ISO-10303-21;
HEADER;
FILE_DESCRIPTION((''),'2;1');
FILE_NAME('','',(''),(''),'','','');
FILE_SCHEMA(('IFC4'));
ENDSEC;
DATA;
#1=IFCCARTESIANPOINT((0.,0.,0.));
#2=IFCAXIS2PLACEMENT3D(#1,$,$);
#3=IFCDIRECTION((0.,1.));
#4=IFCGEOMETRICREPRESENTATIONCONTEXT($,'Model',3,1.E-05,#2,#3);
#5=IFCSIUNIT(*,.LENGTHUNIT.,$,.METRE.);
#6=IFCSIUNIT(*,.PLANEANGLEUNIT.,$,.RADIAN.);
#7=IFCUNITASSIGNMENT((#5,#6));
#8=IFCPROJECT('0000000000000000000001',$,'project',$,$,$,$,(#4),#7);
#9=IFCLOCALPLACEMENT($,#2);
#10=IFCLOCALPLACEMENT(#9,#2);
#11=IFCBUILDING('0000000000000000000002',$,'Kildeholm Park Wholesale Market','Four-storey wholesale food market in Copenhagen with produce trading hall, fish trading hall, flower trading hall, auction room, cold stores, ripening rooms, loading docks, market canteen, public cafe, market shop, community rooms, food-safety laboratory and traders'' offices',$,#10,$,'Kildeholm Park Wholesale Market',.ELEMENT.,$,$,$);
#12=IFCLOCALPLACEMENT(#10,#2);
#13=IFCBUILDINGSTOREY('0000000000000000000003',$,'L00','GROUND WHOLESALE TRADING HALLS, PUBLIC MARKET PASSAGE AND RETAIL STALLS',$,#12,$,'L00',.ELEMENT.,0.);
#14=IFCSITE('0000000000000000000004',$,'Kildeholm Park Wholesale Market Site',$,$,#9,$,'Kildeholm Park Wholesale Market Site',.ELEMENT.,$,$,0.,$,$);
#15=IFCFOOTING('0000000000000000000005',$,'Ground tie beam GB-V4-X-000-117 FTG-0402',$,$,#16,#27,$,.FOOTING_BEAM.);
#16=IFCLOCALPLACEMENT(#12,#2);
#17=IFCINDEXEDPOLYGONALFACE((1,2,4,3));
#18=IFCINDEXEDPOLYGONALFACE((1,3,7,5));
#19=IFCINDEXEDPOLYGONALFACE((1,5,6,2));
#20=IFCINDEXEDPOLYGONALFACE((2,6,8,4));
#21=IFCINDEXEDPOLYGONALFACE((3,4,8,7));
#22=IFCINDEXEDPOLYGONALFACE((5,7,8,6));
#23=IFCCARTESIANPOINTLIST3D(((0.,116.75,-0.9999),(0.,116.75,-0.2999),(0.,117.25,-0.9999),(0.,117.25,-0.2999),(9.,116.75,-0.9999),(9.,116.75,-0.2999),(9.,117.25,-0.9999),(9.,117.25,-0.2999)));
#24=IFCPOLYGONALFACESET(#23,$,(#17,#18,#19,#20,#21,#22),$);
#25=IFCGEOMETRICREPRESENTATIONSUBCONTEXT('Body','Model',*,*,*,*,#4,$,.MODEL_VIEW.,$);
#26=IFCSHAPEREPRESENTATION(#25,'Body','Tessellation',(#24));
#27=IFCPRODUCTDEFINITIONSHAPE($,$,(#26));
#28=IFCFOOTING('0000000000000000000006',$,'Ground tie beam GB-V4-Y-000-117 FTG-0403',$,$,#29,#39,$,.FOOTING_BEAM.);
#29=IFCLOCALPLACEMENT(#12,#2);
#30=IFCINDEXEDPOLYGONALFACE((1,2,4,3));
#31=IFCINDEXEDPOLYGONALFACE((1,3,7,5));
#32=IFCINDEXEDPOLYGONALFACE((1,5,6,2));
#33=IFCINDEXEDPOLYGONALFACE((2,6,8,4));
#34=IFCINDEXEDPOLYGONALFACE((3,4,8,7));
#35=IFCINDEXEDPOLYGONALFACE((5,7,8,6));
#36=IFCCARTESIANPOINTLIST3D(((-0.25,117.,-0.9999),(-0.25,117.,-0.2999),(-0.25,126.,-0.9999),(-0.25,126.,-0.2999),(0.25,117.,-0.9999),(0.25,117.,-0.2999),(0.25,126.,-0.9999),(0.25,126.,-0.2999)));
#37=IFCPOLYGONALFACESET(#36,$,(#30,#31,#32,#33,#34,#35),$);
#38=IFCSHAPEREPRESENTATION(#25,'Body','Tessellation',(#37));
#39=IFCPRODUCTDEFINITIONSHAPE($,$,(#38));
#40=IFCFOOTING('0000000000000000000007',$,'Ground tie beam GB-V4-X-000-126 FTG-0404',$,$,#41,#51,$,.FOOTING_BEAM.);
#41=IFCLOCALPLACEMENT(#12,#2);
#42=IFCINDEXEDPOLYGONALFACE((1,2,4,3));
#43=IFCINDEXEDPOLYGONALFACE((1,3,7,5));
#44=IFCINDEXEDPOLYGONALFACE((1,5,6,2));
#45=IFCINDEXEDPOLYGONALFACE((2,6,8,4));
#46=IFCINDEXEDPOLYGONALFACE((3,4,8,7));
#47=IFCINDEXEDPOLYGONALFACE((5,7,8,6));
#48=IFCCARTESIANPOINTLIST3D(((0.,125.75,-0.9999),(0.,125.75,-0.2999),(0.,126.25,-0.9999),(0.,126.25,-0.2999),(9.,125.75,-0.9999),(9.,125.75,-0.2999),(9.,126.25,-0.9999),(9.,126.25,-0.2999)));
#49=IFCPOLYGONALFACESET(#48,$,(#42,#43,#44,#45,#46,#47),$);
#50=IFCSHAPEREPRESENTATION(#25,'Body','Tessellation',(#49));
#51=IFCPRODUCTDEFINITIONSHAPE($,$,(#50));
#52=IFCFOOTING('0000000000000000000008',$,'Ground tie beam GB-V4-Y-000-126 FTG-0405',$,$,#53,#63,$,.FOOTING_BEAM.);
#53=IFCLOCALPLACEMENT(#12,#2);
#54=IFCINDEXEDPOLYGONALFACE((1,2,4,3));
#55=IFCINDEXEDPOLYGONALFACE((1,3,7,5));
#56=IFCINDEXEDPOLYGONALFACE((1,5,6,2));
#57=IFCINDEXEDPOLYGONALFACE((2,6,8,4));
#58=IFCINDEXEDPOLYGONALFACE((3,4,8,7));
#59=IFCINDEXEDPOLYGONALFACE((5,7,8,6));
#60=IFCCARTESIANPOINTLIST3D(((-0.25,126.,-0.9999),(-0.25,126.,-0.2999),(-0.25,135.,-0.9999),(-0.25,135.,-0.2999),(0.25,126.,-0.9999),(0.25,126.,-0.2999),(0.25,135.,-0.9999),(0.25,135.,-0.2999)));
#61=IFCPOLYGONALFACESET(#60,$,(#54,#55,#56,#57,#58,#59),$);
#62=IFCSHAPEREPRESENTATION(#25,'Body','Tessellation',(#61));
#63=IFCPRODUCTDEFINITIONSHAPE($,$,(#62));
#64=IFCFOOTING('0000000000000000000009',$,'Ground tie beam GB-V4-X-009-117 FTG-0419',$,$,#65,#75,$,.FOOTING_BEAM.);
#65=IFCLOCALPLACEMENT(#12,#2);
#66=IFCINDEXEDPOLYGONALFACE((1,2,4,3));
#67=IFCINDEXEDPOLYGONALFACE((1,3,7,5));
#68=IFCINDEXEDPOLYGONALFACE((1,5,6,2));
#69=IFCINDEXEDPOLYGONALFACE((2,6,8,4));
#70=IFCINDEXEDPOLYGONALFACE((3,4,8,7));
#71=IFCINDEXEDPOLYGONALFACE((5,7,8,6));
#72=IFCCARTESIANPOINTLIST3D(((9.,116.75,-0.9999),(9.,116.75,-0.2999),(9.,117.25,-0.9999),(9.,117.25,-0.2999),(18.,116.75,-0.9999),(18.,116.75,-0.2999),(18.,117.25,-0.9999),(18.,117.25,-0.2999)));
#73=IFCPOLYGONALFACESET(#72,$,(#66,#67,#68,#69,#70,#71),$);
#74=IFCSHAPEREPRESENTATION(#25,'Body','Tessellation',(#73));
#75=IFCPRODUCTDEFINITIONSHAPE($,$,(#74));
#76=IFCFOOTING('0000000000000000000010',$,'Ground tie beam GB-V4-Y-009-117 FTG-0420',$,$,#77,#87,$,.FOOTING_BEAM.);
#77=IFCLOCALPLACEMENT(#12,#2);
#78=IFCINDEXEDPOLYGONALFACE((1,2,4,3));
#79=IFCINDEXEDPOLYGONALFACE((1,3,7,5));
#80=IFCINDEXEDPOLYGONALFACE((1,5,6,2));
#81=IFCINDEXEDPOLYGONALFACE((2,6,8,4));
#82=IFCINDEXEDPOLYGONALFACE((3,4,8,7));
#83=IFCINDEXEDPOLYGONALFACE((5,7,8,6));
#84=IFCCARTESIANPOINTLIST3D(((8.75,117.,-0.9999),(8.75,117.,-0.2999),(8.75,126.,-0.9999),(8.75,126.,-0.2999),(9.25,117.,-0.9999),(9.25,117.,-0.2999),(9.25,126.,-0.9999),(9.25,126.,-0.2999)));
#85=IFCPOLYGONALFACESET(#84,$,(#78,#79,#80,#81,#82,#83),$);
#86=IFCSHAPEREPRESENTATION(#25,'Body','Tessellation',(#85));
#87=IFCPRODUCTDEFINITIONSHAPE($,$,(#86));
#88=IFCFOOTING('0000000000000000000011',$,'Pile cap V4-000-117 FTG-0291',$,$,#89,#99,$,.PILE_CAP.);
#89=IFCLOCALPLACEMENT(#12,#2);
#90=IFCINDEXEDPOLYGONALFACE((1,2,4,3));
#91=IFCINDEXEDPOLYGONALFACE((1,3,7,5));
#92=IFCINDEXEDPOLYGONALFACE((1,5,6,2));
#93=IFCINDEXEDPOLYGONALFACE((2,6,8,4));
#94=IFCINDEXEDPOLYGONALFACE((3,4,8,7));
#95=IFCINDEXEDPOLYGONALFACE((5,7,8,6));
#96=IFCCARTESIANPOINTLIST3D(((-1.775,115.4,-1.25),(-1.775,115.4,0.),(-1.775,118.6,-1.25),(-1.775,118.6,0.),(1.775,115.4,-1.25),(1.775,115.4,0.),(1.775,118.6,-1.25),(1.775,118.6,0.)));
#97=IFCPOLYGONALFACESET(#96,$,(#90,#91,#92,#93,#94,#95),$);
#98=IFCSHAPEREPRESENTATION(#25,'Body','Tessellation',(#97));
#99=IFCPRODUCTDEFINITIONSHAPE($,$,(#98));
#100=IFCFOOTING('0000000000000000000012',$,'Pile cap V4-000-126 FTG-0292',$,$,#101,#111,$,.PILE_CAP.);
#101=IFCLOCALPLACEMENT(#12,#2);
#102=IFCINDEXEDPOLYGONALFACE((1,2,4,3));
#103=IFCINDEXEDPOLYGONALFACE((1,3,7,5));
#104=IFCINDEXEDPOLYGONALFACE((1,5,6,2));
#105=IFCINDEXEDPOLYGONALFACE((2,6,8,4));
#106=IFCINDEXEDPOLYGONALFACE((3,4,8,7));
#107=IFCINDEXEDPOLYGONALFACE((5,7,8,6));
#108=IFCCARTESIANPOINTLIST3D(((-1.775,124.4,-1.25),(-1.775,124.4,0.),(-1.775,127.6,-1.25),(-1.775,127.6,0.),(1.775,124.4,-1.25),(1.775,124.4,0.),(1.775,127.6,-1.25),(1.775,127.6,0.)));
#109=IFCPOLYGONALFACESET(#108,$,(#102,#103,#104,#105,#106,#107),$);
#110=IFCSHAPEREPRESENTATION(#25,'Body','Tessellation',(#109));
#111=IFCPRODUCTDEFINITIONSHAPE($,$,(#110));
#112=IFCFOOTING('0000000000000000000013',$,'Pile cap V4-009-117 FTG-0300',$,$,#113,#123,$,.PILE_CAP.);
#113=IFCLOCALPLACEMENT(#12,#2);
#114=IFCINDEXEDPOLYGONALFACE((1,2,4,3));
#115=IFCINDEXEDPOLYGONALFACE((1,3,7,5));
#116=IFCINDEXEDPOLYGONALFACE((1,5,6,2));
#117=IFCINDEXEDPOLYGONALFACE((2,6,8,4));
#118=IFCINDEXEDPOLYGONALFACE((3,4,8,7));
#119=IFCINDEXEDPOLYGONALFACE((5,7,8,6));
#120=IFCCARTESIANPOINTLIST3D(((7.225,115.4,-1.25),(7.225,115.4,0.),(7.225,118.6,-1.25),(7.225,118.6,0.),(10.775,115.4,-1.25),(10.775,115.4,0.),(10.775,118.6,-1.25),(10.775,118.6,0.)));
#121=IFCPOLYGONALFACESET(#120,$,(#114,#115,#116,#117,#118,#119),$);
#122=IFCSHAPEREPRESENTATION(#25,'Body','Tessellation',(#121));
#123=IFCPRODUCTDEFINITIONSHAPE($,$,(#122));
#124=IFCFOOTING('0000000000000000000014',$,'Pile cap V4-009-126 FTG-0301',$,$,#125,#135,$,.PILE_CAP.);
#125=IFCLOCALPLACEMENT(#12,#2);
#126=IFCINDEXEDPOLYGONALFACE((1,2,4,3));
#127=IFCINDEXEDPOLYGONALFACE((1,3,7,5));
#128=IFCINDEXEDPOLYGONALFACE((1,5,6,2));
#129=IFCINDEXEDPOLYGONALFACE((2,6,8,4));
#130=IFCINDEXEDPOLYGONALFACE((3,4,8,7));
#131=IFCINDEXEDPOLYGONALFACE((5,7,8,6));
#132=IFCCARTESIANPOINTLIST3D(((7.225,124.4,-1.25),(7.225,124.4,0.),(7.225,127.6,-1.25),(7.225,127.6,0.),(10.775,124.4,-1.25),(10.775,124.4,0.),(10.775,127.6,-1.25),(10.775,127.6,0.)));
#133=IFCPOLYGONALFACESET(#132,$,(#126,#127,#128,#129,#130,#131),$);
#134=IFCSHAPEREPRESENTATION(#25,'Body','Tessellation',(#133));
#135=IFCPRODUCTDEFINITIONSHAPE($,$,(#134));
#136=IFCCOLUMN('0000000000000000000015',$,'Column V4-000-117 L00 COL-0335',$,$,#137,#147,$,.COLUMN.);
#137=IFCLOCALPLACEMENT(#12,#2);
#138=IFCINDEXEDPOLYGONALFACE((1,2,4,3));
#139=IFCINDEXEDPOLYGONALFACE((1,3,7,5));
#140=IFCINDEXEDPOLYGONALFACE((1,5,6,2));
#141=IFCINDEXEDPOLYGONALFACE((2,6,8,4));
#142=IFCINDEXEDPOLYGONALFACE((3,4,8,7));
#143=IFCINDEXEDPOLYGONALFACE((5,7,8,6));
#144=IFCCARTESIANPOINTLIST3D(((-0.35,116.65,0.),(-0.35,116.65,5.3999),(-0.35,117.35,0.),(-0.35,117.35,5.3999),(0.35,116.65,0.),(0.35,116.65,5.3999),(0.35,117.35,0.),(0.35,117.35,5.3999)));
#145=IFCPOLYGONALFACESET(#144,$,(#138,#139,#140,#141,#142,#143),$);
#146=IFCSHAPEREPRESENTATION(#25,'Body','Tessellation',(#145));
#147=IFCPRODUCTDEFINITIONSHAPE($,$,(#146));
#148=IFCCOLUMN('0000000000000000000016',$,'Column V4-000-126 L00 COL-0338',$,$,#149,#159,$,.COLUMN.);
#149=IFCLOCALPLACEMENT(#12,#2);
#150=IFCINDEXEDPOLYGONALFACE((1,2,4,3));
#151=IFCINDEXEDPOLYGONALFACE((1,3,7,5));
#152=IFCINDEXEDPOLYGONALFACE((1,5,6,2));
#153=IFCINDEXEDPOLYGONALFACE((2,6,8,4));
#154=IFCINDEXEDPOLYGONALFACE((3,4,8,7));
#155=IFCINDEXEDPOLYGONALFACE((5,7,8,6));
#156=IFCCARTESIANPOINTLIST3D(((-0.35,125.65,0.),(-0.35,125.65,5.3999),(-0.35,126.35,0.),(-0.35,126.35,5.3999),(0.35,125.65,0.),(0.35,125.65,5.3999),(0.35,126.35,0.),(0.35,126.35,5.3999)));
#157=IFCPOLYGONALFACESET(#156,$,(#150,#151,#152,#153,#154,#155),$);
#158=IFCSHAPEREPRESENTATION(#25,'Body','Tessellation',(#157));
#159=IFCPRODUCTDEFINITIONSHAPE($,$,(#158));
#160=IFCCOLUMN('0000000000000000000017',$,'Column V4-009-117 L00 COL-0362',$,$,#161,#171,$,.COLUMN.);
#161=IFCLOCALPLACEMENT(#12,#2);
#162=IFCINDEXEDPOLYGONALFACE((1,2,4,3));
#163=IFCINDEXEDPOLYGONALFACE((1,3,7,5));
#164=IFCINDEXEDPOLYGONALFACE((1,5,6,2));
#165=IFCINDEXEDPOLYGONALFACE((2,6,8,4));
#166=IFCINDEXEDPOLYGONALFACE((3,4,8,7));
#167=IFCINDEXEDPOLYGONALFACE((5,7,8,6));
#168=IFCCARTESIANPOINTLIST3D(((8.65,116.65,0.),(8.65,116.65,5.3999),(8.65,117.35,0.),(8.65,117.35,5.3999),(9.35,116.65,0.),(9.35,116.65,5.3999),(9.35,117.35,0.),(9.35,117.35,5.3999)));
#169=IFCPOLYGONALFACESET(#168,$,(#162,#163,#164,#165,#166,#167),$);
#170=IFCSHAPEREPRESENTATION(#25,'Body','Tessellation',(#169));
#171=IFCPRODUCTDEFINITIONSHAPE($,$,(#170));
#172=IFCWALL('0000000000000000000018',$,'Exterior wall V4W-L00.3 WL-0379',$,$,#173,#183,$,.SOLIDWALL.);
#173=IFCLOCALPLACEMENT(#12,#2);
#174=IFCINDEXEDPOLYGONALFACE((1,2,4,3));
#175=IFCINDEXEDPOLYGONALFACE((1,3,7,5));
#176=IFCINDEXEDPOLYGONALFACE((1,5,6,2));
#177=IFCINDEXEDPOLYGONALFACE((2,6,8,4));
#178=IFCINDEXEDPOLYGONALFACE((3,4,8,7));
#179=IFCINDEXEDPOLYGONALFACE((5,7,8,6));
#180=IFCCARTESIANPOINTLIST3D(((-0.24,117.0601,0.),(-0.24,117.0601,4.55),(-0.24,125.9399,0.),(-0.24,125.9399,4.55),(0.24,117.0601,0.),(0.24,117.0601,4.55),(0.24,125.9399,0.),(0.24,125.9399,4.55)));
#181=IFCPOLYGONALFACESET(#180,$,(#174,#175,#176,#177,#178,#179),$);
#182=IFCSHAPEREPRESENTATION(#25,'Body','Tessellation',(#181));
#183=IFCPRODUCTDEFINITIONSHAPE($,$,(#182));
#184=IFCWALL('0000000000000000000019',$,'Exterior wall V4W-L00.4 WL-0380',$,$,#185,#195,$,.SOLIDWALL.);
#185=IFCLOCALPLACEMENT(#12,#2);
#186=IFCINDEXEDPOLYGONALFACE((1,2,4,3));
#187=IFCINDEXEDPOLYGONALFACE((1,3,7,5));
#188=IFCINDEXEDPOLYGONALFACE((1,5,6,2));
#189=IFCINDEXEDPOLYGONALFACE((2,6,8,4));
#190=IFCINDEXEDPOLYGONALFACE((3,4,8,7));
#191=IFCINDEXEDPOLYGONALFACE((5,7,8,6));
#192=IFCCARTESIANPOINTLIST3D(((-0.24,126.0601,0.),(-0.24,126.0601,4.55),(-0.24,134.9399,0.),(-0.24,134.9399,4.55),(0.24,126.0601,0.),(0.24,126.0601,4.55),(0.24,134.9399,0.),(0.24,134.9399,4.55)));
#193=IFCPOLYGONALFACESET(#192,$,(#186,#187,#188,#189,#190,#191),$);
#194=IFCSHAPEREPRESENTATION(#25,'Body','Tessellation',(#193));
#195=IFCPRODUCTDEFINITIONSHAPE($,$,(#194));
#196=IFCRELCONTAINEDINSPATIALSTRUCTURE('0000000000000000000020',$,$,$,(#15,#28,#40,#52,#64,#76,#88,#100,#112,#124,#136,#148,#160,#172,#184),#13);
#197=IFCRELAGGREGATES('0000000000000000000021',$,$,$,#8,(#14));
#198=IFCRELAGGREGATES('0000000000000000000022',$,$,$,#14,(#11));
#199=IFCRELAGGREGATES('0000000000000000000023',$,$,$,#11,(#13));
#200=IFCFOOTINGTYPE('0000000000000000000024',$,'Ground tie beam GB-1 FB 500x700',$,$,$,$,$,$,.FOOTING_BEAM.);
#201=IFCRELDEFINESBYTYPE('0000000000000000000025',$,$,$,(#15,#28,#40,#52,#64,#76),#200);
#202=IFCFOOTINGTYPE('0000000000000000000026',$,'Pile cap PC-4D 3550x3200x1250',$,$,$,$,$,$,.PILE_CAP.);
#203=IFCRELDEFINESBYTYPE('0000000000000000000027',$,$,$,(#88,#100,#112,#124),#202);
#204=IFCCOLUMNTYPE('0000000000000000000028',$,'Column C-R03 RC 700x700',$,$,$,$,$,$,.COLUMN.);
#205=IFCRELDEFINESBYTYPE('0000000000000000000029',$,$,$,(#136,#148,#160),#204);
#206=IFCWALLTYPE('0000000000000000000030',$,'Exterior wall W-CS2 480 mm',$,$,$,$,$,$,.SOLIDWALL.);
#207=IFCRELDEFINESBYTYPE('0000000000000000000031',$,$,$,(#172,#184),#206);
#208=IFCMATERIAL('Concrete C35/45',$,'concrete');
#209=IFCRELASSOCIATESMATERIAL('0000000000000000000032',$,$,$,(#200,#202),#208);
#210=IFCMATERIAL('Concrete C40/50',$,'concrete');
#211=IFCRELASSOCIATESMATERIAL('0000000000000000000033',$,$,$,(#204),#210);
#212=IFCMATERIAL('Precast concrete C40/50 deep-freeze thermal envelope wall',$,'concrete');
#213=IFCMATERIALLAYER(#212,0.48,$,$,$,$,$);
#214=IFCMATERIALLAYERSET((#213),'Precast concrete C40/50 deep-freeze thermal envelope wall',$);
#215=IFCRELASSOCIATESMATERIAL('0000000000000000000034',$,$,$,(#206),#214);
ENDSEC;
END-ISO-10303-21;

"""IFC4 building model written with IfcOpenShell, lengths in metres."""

from ifc_helpers import new_model, si_unit, direction, frame, frame_2d, origin, origin_2d, place, context, subcontext, project, spatial, rectangle, extrude, material, layer, layer_set, material_profile, profile_set, type_object, element, save


model = new_model("IFC4")

# Units and contexts
model_context = context("Model", 3, precision=1e-05, world=origin(), true_north=direction((0.0, 1.0)))
body_context = subcontext(model_context, "Body", "Model", "MODEL_VIEW")
ifc_project = project(units=[si_unit("LENGTHUNIT", "METRE"), si_unit("PLANEANGLEUNIT", "RADIAN")], contexts=[model_context])

# Site, building, storey
site_placement = place(None, origin())
site = spatial("IfcSite", under=ifc_project, at=site_placement, Name="Kildeholm Park Wholesale Market Site", LongName="Kildeholm Park Wholesale Market Site", CompositionType="ELEMENT", RefElevation=0.0)
building_placement = place(site_placement, origin())
building = spatial("IfcBuilding", under=site, at=building_placement, Name="Kildeholm Park Wholesale Market", Description="Four-storey wholesale food market in Copenhagen with produce trading hall, fish trading hall, flower trading hall, auction room, cold stores, ripening rooms, loading docks, market canteen, public cafe, market shop, community rooms, food-safety laboratory and traders' offices", LongName="Kildeholm Park Wholesale Market", CompositionType="ELEMENT")
storey_placement = place(building_placement, origin())
storey = spatial("IfcBuildingStorey", under=building, at=storey_placement, Name="L00", Description="GROUND WHOLESALE TRADING HALLS, PUBLIC MARKET PASSAGE AND RETAIL STALLS", LongName="L00", CompositionType="ELEMENT", Elevation=0.0)

# Shared definitions
ifc_material_1 = material(Name="Concrete C35/45", Category="concrete")

# Footings
ifc_material_profile_1 = material_profile(ifc_material_1, rectangle(XDim=0.5, YDim=0.7, at=origin_2d()), Name="FB 500x700")
ifc_profile_set_1 = profile_set([ifc_material_profile_1], Name="Concrete C35/45")
footing_type_1 = type_object("IfcFootingType", Name="Ground tie beam GB-1 FB 500x700", PredefinedType="FOOTING_BEAM", material=ifc_profile_set_1)
for number, where, z_axis, x_axis, name in (
    (1, (0.0, 117.0, -0.6499), (1.0, 0.0, 0.0), (0.0, 1.0, 0.0), "Ground tie beam GB-V4-X-000-117 FTG-0402"),
    (2, (0.0, 117.0, -0.6499), (0.0, 1.0, 0.0), (-1.0, 0.0, 0.0), "Ground tie beam GB-V4-Y-000-117 FTG-0403"),
    (3, (0.0, 126.0, -0.6499), (1.0, 0.0, 0.0), (0.0, 1.0, 0.0), "Ground tie beam GB-V4-X-000-126 FTG-0404"),
    (4, (0.0, 126.0, -0.6499), (0.0, 1.0, 0.0), (-1.0, 0.0, 0.0), "Ground tie beam GB-V4-Y-000-126 FTG-0405"),
    (5, (9.0, 117.0, -0.6499), (1.0, 0.0, 0.0), (0.0, 1.0, 0.0), "Ground tie beam GB-V4-X-009-117 FTG-0419"),
    (6, (9.0, 117.0, -0.6499), (0.0, 1.0, 0.0), (-1.0, 0.0, 0.0), "Ground tie beam GB-V4-Y-009-117 FTG-0420"),
):
    element("IfcFooting", number, at=place(storey_placement, frame(where, z_axis=z_axis, x_axis=x_axis)), inside=storey, type_object=footing_type_1, Name=name, PredefinedType="FOOTING_BEAM", context=body_context, shape_type="SweptSolid", body=[
        extrude(rectangle(XDim=0.5, YDim=0.7, at=origin_2d()), origin(), (0.0, 0.0, 1.0), 9.0),
    ])
footing_type_2 = type_object("IfcFootingType", Name="Pile cap PC-4D 3550x3200x1250", PredefinedType="PILE_CAP", material=ifc_material_1)
for number, where, z_axis, x_axis, name in (
    (7, (0.0, 117.0, -1.25), (0.0, 0.0, 1.0), (1.0, 0.0, 0.0), "Pile cap V4-000-117 FTG-0291"),
    (8, (0.0, 126.0, -1.25), (0.0, 0.0, 1.0), (1.0, 0.0, 0.0), "Pile cap V4-000-126 FTG-0292"),
    (9, (9.0, 117.0, -1.25), (0.0, 0.0, 1.0), (1.0, 0.0, 0.0), "Pile cap V4-009-117 FTG-0300"),
    (10, (9.0, 126.0, -1.25), (0.0, 0.0, 1.0), (1.0, 0.0, 0.0), "Pile cap V4-009-126 FTG-0301"),
):
    element("IfcFooting", number, at=place(storey_placement, frame(where, z_axis=z_axis, x_axis=x_axis)), inside=storey, type_object=footing_type_2, Name=name, PredefinedType="PILE_CAP", context=body_context, shape_type="SweptSolid", body=[
        extrude(rectangle(XDim=3.55, YDim=3.2, at=origin_2d()), origin(), (0.0, 0.0, 1.0), 1.25),
    ])

# Columns
ifc_material_2 = material(Name="Concrete C40/50", Category="concrete")
ifc_material_profile_2 = material_profile(ifc_material_2, rectangle(XDim=0.7, YDim=0.7, at=origin_2d()), Name="RC 700x700")
ifc_profile_set_2 = profile_set([ifc_material_profile_2], Name="Concrete C40/50")
column_type = type_object("IfcColumnType", Name="Column C-R03 RC 700x700", PredefinedType="COLUMN", material=ifc_profile_set_2)
for number, where, z_axis, x_axis, name in (
    (11, (0.0, 117.0, 0.0), (0.0, 0.0, 1.0), (1.0, 0.0, 0.0), "Column V4-000-117 L00 COL-0335"),
    (12, (0.0, 126.0, 0.0), (0.0, 0.0, 1.0), (1.0, 0.0, 0.0), "Column V4-000-126 L00 COL-0338"),
    (13, (9.0, 117.0, 0.0), (0.0, 0.0, 1.0), (1.0, 0.0, 0.0), "Column V4-009-117 L00 COL-0362"),
):
    element("IfcColumn", number, at=place(storey_placement, frame(where, z_axis=z_axis, x_axis=x_axis)), inside=storey, type_object=column_type, Name=name, PredefinedType="COLUMN", context=body_context, shape_type="SweptSolid", body=[
        extrude(rectangle(XDim=0.7, YDim=0.7, at=origin_2d()), origin(), (0.0, 0.0, 1.0), 5.3999),
    ])

# Shared definitions
ifc_material_3 = material(Name="Precast concrete C40/50 deep-freeze thermal envelope wall", Category="concrete")
ifc_layer = layer(ifc_material_3, 0.48)
ifc_layer_set = layer_set([ifc_layer], Name="Precast concrete C40/50 deep-freeze thermal envelope wall")
wall_type = type_object("IfcWallType", Name="Exterior wall W-CS2 480 mm", PredefinedType="SOLIDWALL", material=ifc_layer_set)

# Walls
for number, where, z_axis, x_axis, name in (
    (14, (0.0, 117.0601, 0.0), (0.0, 0.0, 1.0), (0.0, 1.0, 0.0), "Exterior wall V4W-L00.3 WL-0379"),
    (15, (0.0, 126.0601, 0.0), (0.0, 0.0, 1.0), (0.0, 1.0, 0.0), "Exterior wall V4W-L00.4 WL-0380"),
):
    element("IfcWall", number, at=place(storey_placement, frame(where, z_axis=z_axis, x_axis=x_axis)), inside=storey, type_object=wall_type, Name=name, PredefinedType="SOLIDWALL", context=body_context, shape_type="SweptSolid", body=[
        extrude(rectangle(XDim=8.8799, YDim=0.48, at=frame_2d((4.4399, 0.0))), origin(), (0.0, 0.0, 1.0), 4.55),
    ])

save(model, "model.ifc")
